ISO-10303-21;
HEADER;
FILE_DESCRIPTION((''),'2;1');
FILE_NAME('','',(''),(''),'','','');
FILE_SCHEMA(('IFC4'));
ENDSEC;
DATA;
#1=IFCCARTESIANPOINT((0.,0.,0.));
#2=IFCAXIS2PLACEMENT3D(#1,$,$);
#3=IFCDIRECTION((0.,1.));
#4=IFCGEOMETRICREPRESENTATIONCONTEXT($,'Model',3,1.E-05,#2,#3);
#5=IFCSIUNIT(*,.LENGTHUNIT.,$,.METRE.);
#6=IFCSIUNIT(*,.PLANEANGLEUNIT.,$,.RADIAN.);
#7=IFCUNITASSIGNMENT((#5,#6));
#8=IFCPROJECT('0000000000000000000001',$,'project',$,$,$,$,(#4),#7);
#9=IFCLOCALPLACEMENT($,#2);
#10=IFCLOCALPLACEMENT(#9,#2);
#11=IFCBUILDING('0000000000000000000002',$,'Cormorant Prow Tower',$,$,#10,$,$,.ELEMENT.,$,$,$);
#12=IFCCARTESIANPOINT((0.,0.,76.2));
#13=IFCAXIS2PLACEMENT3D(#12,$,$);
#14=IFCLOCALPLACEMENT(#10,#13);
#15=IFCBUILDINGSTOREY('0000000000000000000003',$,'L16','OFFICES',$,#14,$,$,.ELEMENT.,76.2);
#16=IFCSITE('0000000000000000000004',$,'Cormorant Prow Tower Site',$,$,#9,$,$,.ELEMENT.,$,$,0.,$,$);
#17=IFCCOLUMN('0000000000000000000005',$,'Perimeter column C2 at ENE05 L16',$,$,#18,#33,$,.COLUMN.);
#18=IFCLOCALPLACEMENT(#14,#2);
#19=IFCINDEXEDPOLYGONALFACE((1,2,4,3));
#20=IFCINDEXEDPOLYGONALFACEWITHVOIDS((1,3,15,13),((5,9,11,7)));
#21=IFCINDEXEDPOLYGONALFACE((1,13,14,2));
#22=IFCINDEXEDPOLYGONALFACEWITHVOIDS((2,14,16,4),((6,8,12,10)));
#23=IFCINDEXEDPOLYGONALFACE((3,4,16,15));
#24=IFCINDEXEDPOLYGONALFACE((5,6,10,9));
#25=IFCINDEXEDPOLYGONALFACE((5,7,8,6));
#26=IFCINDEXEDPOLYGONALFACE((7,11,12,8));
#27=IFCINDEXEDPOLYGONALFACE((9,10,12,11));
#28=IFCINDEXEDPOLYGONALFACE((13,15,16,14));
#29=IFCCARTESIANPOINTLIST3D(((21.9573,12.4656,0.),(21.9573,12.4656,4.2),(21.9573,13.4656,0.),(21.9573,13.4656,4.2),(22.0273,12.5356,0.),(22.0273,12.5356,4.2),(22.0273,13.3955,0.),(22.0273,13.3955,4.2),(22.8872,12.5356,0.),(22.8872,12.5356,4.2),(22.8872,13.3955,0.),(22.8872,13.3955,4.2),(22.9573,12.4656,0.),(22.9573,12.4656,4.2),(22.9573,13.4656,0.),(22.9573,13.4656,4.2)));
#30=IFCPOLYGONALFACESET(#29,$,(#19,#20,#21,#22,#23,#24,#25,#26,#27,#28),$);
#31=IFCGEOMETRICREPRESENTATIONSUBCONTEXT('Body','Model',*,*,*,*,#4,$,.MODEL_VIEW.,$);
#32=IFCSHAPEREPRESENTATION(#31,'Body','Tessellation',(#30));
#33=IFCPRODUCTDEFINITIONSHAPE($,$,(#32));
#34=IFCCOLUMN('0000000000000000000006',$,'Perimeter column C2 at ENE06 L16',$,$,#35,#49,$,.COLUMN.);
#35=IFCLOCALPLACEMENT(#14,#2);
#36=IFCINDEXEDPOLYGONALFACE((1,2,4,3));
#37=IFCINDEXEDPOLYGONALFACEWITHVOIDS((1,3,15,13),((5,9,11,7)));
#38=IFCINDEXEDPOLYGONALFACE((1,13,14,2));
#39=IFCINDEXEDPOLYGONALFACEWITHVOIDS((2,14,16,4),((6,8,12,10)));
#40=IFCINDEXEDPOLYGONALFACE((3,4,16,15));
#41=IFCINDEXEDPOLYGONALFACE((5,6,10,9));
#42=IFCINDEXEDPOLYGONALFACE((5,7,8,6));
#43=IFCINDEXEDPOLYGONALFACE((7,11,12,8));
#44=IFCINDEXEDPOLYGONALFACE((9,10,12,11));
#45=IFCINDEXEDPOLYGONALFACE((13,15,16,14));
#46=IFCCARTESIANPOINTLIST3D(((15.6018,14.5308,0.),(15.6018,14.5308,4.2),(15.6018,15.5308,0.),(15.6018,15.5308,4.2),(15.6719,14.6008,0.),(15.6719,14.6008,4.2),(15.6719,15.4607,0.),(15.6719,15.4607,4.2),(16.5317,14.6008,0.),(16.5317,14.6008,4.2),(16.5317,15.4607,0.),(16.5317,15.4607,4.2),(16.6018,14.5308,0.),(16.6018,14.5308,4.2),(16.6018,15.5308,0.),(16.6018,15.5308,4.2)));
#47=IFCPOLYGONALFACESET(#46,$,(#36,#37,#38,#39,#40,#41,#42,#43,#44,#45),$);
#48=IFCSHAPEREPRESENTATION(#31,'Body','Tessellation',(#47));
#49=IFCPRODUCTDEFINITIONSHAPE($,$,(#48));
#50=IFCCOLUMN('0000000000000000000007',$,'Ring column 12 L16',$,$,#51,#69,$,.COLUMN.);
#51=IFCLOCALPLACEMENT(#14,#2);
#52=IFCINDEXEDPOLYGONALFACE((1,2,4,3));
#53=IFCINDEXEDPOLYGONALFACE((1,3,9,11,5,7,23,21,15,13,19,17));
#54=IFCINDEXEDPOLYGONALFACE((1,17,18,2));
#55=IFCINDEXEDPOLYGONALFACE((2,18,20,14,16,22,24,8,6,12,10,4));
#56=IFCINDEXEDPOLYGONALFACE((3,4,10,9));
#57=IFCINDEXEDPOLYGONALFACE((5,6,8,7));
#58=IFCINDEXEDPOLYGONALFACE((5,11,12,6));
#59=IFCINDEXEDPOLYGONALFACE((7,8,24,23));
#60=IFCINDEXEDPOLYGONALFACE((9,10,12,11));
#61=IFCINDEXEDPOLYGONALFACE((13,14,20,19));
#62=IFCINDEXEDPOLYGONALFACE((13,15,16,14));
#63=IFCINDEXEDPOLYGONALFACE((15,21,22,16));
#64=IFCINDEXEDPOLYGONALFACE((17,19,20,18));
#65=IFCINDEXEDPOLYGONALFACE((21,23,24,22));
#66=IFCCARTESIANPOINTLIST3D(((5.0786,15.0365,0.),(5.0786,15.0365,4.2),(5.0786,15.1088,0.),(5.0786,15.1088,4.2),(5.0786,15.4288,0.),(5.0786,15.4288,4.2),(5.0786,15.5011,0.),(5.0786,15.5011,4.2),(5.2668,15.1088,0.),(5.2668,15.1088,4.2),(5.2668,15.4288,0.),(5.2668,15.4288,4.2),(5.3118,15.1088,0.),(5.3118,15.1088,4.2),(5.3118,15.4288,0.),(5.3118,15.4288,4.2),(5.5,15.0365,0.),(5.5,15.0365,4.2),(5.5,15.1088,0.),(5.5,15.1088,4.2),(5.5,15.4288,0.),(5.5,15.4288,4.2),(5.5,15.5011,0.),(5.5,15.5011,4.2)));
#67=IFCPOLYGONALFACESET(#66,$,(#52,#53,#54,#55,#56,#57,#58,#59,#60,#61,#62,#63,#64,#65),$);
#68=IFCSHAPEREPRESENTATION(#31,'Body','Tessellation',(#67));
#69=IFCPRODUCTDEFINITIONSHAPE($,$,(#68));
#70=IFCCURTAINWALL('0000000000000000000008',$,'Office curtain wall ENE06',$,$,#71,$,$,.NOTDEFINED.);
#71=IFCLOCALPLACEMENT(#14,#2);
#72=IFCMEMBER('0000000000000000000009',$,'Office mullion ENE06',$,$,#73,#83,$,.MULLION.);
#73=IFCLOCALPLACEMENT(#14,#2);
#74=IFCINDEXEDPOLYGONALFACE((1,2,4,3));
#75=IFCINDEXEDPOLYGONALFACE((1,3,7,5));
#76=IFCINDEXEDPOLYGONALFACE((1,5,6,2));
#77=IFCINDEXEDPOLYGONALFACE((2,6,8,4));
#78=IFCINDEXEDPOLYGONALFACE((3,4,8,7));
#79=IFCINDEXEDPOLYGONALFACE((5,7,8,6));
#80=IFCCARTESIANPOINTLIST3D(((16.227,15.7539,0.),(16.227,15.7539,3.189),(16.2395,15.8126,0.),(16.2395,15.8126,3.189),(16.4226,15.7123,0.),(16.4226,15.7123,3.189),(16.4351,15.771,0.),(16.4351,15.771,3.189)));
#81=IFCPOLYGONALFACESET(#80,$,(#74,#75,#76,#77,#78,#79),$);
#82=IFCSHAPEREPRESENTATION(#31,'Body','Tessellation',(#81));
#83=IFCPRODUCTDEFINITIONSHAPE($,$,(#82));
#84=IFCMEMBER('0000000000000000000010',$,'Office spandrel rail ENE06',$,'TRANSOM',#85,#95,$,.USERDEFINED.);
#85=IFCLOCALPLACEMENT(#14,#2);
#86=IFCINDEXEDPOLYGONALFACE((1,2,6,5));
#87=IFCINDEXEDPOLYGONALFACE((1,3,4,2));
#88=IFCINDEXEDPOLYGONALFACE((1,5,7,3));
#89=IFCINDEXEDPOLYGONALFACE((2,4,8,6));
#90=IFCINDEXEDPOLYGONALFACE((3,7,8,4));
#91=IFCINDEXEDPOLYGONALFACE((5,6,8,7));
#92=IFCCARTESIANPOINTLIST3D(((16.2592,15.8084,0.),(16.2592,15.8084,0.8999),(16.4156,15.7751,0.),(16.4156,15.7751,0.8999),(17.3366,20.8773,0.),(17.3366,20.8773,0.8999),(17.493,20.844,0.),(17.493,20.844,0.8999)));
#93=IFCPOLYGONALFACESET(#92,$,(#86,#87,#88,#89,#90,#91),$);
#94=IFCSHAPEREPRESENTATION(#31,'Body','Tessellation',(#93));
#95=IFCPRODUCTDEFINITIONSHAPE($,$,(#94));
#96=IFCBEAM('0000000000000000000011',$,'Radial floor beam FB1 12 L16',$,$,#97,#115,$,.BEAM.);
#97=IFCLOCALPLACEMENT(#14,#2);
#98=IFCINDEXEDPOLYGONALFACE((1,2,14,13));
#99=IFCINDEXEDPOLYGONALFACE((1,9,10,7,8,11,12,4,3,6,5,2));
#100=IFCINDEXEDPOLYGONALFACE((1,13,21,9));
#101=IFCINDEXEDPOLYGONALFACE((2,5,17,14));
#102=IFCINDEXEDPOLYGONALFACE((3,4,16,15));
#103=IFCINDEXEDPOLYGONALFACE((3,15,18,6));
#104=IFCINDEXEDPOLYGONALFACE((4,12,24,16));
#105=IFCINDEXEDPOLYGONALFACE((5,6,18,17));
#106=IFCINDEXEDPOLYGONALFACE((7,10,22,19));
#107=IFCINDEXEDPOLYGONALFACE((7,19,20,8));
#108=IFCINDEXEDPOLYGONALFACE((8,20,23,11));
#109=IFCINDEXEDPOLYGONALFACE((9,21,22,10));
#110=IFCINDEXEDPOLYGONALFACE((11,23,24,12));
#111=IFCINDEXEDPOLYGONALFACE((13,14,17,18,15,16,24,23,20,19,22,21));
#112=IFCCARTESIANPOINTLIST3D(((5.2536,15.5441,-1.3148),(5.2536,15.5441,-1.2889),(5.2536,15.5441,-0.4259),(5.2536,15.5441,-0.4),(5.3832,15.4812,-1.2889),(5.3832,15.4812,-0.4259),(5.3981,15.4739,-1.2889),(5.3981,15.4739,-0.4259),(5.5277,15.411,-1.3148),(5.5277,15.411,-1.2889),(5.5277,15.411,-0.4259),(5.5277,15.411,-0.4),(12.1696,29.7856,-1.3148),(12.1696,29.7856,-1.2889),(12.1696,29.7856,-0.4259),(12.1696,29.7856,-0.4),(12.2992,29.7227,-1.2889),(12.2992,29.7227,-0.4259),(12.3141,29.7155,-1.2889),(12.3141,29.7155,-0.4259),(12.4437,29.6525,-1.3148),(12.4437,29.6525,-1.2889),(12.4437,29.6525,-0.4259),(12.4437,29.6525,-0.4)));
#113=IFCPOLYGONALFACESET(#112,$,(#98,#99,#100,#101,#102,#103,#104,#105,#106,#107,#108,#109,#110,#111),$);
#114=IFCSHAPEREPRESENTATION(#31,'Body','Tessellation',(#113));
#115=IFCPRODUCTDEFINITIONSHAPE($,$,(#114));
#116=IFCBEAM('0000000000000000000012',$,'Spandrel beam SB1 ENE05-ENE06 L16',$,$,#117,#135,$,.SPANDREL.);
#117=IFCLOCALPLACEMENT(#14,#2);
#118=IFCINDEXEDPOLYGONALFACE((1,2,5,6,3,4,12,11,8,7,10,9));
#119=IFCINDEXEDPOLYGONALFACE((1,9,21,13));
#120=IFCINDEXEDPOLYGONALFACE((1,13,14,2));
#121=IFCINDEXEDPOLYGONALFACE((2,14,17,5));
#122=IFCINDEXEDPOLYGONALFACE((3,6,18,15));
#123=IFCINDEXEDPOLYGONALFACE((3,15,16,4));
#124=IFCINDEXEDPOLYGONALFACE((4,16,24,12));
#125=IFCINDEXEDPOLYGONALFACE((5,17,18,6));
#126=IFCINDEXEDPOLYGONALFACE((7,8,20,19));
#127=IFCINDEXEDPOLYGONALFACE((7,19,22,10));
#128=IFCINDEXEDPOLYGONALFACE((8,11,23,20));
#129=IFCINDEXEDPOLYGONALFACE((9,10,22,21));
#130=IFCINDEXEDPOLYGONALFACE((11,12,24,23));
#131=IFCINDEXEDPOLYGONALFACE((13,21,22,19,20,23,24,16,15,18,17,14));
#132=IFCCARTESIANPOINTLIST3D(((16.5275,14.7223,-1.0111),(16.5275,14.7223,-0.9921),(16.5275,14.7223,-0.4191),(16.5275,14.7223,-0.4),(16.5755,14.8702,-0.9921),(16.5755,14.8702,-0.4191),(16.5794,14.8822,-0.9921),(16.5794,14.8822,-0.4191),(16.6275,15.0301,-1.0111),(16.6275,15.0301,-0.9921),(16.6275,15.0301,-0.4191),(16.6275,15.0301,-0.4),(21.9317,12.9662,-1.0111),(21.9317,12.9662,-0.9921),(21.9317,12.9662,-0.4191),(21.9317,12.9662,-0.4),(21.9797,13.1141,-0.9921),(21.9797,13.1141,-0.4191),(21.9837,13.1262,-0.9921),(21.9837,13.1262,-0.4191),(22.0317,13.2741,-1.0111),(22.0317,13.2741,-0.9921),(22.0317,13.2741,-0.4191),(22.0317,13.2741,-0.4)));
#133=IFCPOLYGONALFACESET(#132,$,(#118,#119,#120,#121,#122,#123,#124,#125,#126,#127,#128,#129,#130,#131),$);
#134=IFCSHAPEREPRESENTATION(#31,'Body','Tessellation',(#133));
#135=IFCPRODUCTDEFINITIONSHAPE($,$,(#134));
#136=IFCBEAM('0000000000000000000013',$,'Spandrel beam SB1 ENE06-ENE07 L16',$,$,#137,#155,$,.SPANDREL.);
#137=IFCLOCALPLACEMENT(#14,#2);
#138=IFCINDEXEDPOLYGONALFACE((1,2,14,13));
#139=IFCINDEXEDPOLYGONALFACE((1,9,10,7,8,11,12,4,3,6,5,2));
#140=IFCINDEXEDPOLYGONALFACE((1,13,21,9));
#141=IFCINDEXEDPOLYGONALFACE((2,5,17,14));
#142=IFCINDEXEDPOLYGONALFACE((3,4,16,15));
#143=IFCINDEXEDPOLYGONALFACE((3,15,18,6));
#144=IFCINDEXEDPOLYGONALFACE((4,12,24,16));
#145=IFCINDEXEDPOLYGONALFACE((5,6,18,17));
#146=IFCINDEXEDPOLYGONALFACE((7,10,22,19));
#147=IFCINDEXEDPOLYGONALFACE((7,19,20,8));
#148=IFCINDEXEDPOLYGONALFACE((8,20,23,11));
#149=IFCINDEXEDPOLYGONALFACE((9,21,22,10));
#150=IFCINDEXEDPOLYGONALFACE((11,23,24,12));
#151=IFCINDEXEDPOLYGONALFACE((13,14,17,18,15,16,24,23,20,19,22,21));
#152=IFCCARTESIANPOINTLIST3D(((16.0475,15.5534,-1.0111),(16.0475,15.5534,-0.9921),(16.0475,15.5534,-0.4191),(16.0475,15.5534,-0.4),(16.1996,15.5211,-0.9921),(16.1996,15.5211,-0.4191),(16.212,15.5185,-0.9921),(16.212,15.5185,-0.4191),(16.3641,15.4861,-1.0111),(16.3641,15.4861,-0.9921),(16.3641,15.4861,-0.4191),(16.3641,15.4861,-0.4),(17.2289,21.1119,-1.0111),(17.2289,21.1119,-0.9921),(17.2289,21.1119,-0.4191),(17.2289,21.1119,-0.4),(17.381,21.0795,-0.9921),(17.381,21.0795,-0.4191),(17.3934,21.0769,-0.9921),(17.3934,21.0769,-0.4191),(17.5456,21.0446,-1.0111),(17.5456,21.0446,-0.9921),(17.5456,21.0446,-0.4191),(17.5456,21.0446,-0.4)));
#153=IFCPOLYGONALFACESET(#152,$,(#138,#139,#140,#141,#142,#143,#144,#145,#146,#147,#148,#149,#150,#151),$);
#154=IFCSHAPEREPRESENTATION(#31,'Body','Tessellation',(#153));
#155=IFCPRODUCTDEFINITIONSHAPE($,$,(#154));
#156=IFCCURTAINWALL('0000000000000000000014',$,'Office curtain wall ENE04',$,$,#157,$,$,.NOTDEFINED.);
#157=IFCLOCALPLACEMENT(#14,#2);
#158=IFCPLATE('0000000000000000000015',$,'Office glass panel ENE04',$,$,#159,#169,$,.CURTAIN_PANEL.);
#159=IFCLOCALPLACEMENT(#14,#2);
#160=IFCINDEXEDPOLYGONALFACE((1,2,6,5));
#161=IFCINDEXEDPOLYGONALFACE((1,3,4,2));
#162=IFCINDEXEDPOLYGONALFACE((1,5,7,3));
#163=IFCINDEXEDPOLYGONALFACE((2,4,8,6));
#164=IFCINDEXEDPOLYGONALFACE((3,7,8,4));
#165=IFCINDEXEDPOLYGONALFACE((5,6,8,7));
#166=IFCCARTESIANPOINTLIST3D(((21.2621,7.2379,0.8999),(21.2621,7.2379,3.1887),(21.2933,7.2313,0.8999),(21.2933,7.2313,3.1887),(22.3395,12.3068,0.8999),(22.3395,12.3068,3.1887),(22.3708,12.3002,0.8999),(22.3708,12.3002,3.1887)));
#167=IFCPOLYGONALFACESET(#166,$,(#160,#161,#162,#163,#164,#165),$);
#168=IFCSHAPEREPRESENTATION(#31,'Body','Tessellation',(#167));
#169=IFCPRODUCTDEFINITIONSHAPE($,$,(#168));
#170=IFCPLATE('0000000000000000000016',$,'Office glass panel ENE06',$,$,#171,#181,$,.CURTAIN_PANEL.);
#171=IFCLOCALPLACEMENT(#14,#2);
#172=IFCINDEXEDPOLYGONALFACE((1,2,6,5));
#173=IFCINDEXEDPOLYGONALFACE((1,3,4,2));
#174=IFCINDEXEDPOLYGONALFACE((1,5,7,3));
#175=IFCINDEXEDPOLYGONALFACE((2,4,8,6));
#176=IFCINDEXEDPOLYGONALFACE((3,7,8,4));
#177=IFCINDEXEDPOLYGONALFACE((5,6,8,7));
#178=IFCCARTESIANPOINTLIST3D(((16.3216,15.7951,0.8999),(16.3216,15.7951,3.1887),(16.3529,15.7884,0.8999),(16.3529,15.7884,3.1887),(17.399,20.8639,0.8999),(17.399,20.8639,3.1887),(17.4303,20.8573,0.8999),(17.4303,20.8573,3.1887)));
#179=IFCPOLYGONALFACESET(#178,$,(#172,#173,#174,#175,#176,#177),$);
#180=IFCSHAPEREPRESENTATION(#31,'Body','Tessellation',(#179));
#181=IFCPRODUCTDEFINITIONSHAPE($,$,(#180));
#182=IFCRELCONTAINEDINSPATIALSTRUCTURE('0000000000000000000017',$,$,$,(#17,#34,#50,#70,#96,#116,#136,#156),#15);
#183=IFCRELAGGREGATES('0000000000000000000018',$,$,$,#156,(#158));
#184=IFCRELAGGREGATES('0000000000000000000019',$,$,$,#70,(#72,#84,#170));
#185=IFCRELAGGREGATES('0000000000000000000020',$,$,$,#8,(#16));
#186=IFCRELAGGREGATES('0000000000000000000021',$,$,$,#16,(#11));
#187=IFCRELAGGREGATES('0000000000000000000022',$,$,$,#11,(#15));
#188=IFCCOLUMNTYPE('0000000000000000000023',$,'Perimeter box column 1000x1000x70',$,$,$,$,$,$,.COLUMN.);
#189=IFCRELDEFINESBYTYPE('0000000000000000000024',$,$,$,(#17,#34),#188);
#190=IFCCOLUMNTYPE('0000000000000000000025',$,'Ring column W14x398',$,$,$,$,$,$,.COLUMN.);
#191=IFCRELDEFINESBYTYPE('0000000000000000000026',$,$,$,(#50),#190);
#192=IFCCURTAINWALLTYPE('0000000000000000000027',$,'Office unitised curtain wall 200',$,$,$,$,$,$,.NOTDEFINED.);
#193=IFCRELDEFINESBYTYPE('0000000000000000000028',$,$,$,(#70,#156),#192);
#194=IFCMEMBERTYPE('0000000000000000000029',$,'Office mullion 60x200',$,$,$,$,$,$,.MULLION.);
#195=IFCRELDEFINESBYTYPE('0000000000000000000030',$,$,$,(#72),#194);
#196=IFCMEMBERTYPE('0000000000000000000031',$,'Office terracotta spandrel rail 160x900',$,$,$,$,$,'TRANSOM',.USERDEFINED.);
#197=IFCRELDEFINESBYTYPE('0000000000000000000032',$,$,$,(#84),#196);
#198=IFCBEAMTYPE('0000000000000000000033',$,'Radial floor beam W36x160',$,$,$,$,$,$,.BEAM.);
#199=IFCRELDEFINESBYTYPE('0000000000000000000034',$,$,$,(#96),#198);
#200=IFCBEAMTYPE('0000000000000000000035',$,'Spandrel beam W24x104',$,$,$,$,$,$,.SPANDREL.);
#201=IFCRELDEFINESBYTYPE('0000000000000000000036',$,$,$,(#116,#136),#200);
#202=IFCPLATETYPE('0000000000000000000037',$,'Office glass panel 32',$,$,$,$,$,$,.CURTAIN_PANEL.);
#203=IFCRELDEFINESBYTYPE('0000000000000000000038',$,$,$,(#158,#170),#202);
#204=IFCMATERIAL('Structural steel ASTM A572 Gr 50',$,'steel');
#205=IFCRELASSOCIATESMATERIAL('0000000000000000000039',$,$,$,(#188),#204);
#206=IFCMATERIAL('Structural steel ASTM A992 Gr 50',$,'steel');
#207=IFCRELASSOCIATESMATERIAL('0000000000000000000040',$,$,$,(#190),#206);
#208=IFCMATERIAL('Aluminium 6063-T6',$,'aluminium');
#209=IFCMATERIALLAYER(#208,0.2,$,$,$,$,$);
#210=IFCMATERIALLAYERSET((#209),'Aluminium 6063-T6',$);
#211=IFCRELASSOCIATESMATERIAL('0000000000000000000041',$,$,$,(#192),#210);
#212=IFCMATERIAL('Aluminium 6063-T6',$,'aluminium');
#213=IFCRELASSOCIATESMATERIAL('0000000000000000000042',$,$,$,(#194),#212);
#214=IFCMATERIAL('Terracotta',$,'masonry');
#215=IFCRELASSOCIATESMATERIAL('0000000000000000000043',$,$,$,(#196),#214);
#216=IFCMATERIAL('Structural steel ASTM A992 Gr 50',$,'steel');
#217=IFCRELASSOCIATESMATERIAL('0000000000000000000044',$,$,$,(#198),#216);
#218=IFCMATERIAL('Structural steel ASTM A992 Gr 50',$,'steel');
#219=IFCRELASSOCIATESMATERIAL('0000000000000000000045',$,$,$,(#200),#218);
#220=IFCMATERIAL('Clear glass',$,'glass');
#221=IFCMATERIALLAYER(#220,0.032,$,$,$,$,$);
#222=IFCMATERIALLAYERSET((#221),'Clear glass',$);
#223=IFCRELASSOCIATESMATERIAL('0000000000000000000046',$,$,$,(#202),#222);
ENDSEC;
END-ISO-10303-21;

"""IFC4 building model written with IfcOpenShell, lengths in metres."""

from ifc_helpers import new_model, si_unit, direction, frame, origin, origin_2d, place, context, subcontext, project, spatial, rectangle, hollow_rectangle, i_section, extrude, material, layer, layer_set, material_profile, profile_set, type_object, element, aggregate, save


model = new_model("IFC4")

# Units and contexts
model_context = context("Model", 3, precision=1e-05, world=origin(), true_north=direction((0.0, 1.0)))
body_context = subcontext(model_context, "Body", "Model", "MODEL_VIEW")
ifc_project = project(units=[si_unit("LENGTHUNIT", "METRE"), si_unit("PLANEANGLEUNIT", "RADIAN")], contexts=[model_context])

# Site, building, storey
site_placement = place(None, origin())
site = spatial("IfcSite", under=ifc_project, at=site_placement, Name="Cormorant Prow Tower Site", CompositionType="ELEMENT", RefElevation=0.0)
building_placement = place(site_placement, origin())
building = spatial("IfcBuilding", under=site, at=building_placement, Name="Cormorant Prow Tower", CompositionType="ELEMENT")
storey_placement = place(building_placement, frame((0.0, 0.0, 76.2)))
storey = spatial("IfcBuildingStorey", under=building, at=storey_placement, Name="L16", Description="OFFICES", CompositionType="ELEMENT", Elevation=76.2)

# Columns
ifc_material_1 = material(Name="Structural steel ASTM A572 Gr 50", Category="steel")
ifc_material_profile_1 = material_profile(ifc_material_1, hollow_rectangle(XDim=1.0, YDim=1.0, WallThickness=0.0701, at=origin_2d()), Name="Box 1000x1000x70")
ifc_profile_set_1 = profile_set([ifc_material_profile_1], Name="Structural steel ASTM A572 Gr 50")
column_type_1 = type_object("IfcColumnType", Name="Perimeter box column 1000x1000x70", PredefinedType="COLUMN", material=ifc_profile_set_1)
for number, where, z_axis, x_axis, name in (
    (1, (22.4573, 12.9656, 0.0), (0.0, 0.0, 1.0), (1.0, 0.0, 0.0), "Perimeter column C2 at ENE05 L16"),
    (2, (16.1018, 15.0308, 0.0), (0.0, 0.0, 1.0), (1.0, 0.0, 0.0), "Perimeter column C2 at ENE06 L16"),
):
    element("IfcColumn", number, at=place(storey_placement, frame(where, z_axis=z_axis, x_axis=x_axis)), inside=storey, type_object=column_type_1, Name=name, PredefinedType="COLUMN", context=body_context, shape_type="SweptSolid", body=[
        extrude(hollow_rectangle(XDim=1.0, YDim=1.0, WallThickness=0.0701, at=origin_2d()), origin(), (0.0, 0.0, 1.0), 4.2),
    ])
ifc_material_2 = material(Name="Structural steel ASTM A992 Gr 50", Category="steel")
ifc_material_profile_2 = material_profile(ifc_material_2, i_section(OverallWidth=0.4214, OverallDepth=0.4646, WebThickness=0.0449, FlangeThickness=0.0723, at=origin_2d()), Name="W14x398")
ifc_profile_set_2 = profile_set([ifc_material_profile_2], Name="Structural steel ASTM A992 Gr 50")
column_type_2 = type_object("IfcColumnType", Name="Ring column W14x398", PredefinedType="COLUMN", material=ifc_profile_set_2)
column_placement = place(storey_placement, frame((5.2893, 15.2688, 0.0), z_axis=(0.0, 0.0, 1.0), x_axis=(1.0, 0.0, 0.0)))
element("IfcColumn", 3, at=column_placement, inside=storey, type_object=column_type_2, Name="Ring column 12 L16", PredefinedType="COLUMN", context=body_context, shape_type="SweptSolid", body=[
    extrude(i_section(OverallWidth=0.4214, OverallDepth=0.4646, WebThickness=0.0449, FlangeThickness=0.0723, at=origin_2d()), origin(), (0.0, 0.0, 1.0), 4.2),
])

# Curtain wall, members
ifc_material_3 = material(Name="Aluminium 6063-T6", Category="aluminium")
ifc_layer_1 = layer(ifc_material_3, 0.2)
ifc_layer_set_1 = layer_set([ifc_layer_1], Name="Aluminium 6063-T6")
curtain_wall_type = type_object("IfcCurtainWallType", Name="Office unitised curtain wall 200", PredefinedType="NOTDEFINED", material=ifc_layer_set_1)
curtain_wall_1_placement = place(storey_placement, origin())
curtain_wall_1 = element("IfcCurtainWall", 4, at=curtain_wall_1_placement, inside=storey, type_object=curtain_wall_type, Name="Office curtain wall ENE06", PredefinedType="NOTDEFINED")
ifc_material_4 = material(Name="Aluminium 6063-T6", Category="aluminium")
ifc_material_profile_3 = material_profile(ifc_material_4, rectangle(XDim=0.2, YDim=0.0601, at=origin_2d()), Name="Office mullion 60x200")
ifc_profile_set_3 = profile_set([ifc_material_profile_3], Name="Aluminium 6063-T6")
member_type_1 = type_object("IfcMemberType", Name="Office mullion 60x200", PredefinedType="MULLION", material=ifc_profile_set_3)
member_1_placement = place(storey_placement, frame((16.3311, 15.7625, 0.0), z_axis=(0.0, 0.0, 1.0), x_axis=(-0.978148, 0.207912, 0.0)))
member_1 = element("IfcMember", 5, at=member_1_placement, type_object=member_type_1, Name="Office mullion ENE06", PredefinedType="MULLION", context=body_context, shape_type="SweptSolid", body=[
    extrude(rectangle(XDim=0.2, YDim=0.0601, at=origin_2d()), origin(), (0.0, 0.0, 1.0), 3.189),
])
ifc_material_5 = material(Name="Terracotta", Category="masonry")
ifc_material_profile_4 = material_profile(ifc_material_5, rectangle(XDim=0.1599, YDim=0.8999, at=origin_2d()), Name="Office terracotta spandrel rail 160x900")
ifc_profile_set_4 = profile_set([ifc_material_profile_4], Name="Terracotta")
member_type_2 = type_object("IfcMemberType", Name="Office terracotta spandrel rail 160x900", ElementType="TRANSOM", PredefinedType="USERDEFINED", material=ifc_profile_set_4)
member_2_placement = place(storey_placement, frame((16.3374, 15.7917, 0.45), z_axis=(0.207907, 0.978149, 0.0), x_axis=(-0.978149, 0.207907, 0.0)))
member_2 = element("IfcMember", 6, at=member_2_placement, type_object=member_type_2, Name="Office spandrel rail ENE06", ObjectType="TRANSOM", PredefinedType="USERDEFINED", context=body_context, shape_type="SweptSolid", body=[
    extrude(rectangle(XDim=0.1599, YDim=0.8999, at=origin_2d()), origin(), (0.0, 0.0, 1.0), 5.1821),
])

# Beams
ifc_material_6 = material(Name="Structural steel ASTM A992 Gr 50", Category="steel")
ifc_material_profile_5 = material_profile(ifc_material_6, i_section(OverallWidth=0.3047, OverallDepth=0.9148, WebThickness=0.0166, FlangeThickness=0.0259, at=origin_2d()), Name="W36x160")
ifc_profile_set_5 = profile_set([ifc_material_profile_5], Name="Structural steel ASTM A992 Gr 50")
beam_type_1 = type_object("IfcBeamType", Name="Radial floor beam W36x160", PredefinedType="BEAM", material=ifc_profile_set_5)
beam_1_placement = place(storey_placement, frame((5.3906, 15.4775, -0.8574), z_axis=(0.436839, 0.899539, 0.0), x_axis=(-0.899539, 0.436839, 0.0)))
element("IfcBeam", 7, at=beam_1_placement, inside=storey, type_object=beam_type_1, Name="Radial floor beam FB1 12 L16", PredefinedType="BEAM", context=body_context, shape_type="SweptSolid", body=[
    extrude(i_section(OverallWidth=0.3047, OverallDepth=0.9148, WebThickness=0.0166, FlangeThickness=0.0259, at=origin_2d()), origin(), (0.0, 0.0, 1.0), 15.832),
])
ifc_material_7 = material(Name="Structural steel ASTM A992 Gr 50", Category="steel")
ifc_material_profile_6 = material_profile(ifc_material_7, i_section(OverallWidth=0.3237, OverallDepth=0.6111, WebThickness=0.0127, FlangeThickness=0.019, at=origin_2d()), Name="W24x104")
ifc_profile_set_6 = profile_set([ifc_material_profile_6], Name="Structural steel ASTM A992 Gr 50")
beam_type_2 = type_object("IfcBeamType", Name="Spandrel beam W24x104", PredefinedType="SPANDREL", material=ifc_profile_set_6)
beam_2_placement = place(storey_placement, frame((21.9817, 13.1201, -0.7056), z_axis=(-0.951049, 0.309039, 0.0), x_axis=(-0.309039, -0.951049, 0.0)))
element("IfcBeam", 8, at=beam_2_placement, inside=storey, type_object=beam_type_2, Name="Spandrel beam SB1 ENE05-ENE06 L16", PredefinedType="SPANDREL", context=body_context, shape_type="SweptSolid", body=[
    extrude(i_section(OverallWidth=0.3237, OverallDepth=0.6111, WebThickness=0.0127, FlangeThickness=0.019, at=origin_2d()), origin(), (0.0, 0.0, 1.0), 5.6824),
])
beam_3_placement = place(storey_placement, frame((16.2058, 15.5198, -0.7056), z_axis=(0.2079, 0.97815, 0.0), x_axis=(-0.97815, 0.2079, 0.0)))
element("IfcBeam", 9, at=beam_3_placement, inside=storey, type_object=beam_type_2, Name="Spandrel beam SB1 ENE06-ENE07 L16", PredefinedType="SPANDREL", context=body_context, shape_type="SweptSolid", body=[
    extrude(i_section(OverallWidth=0.3237, OverallDepth=0.6111, WebThickness=0.0127, FlangeThickness=0.019, at=origin_2d()), origin(), (0.0, 0.0, 1.0), 5.6826),
])

# Curtain wall, plate
curtain_wall_2_placement = place(storey_placement, origin())
curtain_wall_2 = element("IfcCurtainWall", 10, at=curtain_wall_2_placement, inside=storey, type_object=curtain_wall_type, Name="Office curtain wall ENE04", PredefinedType="NOTDEFINED")
ifc_material_8 = material(Name="Clear glass", Category="glass")
ifc_layer_2 = layer(ifc_material_8, 0.032)
ifc_layer_set_2 = layer_set([ifc_layer_2], Name="Clear glass")
plate_type = type_object("IfcPlateType", Name="Office glass panel 32", PredefinedType="CURTAIN_PANEL", material=ifc_layer_set_2)
plate_1_placement = place(storey_placement, frame((21.8164, 9.769, 0.8999), z_axis=(0.0, 0.0, 1.0), x_axis=(0.207912, 0.978148, 0.0)))
plate_1 = element("IfcPlate", 11, at=plate_1_placement, type_object=plate_type, Name="Office glass panel ENE04", PredefinedType="CURTAIN_PANEL", context=body_context, shape_type="SweptSolid", body=[
    extrude(rectangle(XDim=5.1821, YDim=0.032, at=origin_2d()), origin(), (0.0, 0.0, 1.0), 2.2888),
])
aggregate(curtain_wall_2, [plate_1])

# Plate
plate_2_placement = place(storey_placement, frame((16.876, 18.3262, 0.8999), z_axis=(0.0, 0.0, 1.0), x_axis=(0.207912, 0.978148, 0.0)))
plate_2 = element("IfcPlate", 12, at=plate_2_placement, type_object=plate_type, Name="Office glass panel ENE06", PredefinedType="CURTAIN_PANEL", context=body_context, shape_type="SweptSolid", body=[
    extrude(rectangle(XDim=5.1821, YDim=0.032, at=origin_2d()), origin(), (0.0, 0.0, 1.0), 2.2888),
])
aggregate(curtain_wall_1, [member_1, member_2, plate_2])

save(model, "model.ifc")
